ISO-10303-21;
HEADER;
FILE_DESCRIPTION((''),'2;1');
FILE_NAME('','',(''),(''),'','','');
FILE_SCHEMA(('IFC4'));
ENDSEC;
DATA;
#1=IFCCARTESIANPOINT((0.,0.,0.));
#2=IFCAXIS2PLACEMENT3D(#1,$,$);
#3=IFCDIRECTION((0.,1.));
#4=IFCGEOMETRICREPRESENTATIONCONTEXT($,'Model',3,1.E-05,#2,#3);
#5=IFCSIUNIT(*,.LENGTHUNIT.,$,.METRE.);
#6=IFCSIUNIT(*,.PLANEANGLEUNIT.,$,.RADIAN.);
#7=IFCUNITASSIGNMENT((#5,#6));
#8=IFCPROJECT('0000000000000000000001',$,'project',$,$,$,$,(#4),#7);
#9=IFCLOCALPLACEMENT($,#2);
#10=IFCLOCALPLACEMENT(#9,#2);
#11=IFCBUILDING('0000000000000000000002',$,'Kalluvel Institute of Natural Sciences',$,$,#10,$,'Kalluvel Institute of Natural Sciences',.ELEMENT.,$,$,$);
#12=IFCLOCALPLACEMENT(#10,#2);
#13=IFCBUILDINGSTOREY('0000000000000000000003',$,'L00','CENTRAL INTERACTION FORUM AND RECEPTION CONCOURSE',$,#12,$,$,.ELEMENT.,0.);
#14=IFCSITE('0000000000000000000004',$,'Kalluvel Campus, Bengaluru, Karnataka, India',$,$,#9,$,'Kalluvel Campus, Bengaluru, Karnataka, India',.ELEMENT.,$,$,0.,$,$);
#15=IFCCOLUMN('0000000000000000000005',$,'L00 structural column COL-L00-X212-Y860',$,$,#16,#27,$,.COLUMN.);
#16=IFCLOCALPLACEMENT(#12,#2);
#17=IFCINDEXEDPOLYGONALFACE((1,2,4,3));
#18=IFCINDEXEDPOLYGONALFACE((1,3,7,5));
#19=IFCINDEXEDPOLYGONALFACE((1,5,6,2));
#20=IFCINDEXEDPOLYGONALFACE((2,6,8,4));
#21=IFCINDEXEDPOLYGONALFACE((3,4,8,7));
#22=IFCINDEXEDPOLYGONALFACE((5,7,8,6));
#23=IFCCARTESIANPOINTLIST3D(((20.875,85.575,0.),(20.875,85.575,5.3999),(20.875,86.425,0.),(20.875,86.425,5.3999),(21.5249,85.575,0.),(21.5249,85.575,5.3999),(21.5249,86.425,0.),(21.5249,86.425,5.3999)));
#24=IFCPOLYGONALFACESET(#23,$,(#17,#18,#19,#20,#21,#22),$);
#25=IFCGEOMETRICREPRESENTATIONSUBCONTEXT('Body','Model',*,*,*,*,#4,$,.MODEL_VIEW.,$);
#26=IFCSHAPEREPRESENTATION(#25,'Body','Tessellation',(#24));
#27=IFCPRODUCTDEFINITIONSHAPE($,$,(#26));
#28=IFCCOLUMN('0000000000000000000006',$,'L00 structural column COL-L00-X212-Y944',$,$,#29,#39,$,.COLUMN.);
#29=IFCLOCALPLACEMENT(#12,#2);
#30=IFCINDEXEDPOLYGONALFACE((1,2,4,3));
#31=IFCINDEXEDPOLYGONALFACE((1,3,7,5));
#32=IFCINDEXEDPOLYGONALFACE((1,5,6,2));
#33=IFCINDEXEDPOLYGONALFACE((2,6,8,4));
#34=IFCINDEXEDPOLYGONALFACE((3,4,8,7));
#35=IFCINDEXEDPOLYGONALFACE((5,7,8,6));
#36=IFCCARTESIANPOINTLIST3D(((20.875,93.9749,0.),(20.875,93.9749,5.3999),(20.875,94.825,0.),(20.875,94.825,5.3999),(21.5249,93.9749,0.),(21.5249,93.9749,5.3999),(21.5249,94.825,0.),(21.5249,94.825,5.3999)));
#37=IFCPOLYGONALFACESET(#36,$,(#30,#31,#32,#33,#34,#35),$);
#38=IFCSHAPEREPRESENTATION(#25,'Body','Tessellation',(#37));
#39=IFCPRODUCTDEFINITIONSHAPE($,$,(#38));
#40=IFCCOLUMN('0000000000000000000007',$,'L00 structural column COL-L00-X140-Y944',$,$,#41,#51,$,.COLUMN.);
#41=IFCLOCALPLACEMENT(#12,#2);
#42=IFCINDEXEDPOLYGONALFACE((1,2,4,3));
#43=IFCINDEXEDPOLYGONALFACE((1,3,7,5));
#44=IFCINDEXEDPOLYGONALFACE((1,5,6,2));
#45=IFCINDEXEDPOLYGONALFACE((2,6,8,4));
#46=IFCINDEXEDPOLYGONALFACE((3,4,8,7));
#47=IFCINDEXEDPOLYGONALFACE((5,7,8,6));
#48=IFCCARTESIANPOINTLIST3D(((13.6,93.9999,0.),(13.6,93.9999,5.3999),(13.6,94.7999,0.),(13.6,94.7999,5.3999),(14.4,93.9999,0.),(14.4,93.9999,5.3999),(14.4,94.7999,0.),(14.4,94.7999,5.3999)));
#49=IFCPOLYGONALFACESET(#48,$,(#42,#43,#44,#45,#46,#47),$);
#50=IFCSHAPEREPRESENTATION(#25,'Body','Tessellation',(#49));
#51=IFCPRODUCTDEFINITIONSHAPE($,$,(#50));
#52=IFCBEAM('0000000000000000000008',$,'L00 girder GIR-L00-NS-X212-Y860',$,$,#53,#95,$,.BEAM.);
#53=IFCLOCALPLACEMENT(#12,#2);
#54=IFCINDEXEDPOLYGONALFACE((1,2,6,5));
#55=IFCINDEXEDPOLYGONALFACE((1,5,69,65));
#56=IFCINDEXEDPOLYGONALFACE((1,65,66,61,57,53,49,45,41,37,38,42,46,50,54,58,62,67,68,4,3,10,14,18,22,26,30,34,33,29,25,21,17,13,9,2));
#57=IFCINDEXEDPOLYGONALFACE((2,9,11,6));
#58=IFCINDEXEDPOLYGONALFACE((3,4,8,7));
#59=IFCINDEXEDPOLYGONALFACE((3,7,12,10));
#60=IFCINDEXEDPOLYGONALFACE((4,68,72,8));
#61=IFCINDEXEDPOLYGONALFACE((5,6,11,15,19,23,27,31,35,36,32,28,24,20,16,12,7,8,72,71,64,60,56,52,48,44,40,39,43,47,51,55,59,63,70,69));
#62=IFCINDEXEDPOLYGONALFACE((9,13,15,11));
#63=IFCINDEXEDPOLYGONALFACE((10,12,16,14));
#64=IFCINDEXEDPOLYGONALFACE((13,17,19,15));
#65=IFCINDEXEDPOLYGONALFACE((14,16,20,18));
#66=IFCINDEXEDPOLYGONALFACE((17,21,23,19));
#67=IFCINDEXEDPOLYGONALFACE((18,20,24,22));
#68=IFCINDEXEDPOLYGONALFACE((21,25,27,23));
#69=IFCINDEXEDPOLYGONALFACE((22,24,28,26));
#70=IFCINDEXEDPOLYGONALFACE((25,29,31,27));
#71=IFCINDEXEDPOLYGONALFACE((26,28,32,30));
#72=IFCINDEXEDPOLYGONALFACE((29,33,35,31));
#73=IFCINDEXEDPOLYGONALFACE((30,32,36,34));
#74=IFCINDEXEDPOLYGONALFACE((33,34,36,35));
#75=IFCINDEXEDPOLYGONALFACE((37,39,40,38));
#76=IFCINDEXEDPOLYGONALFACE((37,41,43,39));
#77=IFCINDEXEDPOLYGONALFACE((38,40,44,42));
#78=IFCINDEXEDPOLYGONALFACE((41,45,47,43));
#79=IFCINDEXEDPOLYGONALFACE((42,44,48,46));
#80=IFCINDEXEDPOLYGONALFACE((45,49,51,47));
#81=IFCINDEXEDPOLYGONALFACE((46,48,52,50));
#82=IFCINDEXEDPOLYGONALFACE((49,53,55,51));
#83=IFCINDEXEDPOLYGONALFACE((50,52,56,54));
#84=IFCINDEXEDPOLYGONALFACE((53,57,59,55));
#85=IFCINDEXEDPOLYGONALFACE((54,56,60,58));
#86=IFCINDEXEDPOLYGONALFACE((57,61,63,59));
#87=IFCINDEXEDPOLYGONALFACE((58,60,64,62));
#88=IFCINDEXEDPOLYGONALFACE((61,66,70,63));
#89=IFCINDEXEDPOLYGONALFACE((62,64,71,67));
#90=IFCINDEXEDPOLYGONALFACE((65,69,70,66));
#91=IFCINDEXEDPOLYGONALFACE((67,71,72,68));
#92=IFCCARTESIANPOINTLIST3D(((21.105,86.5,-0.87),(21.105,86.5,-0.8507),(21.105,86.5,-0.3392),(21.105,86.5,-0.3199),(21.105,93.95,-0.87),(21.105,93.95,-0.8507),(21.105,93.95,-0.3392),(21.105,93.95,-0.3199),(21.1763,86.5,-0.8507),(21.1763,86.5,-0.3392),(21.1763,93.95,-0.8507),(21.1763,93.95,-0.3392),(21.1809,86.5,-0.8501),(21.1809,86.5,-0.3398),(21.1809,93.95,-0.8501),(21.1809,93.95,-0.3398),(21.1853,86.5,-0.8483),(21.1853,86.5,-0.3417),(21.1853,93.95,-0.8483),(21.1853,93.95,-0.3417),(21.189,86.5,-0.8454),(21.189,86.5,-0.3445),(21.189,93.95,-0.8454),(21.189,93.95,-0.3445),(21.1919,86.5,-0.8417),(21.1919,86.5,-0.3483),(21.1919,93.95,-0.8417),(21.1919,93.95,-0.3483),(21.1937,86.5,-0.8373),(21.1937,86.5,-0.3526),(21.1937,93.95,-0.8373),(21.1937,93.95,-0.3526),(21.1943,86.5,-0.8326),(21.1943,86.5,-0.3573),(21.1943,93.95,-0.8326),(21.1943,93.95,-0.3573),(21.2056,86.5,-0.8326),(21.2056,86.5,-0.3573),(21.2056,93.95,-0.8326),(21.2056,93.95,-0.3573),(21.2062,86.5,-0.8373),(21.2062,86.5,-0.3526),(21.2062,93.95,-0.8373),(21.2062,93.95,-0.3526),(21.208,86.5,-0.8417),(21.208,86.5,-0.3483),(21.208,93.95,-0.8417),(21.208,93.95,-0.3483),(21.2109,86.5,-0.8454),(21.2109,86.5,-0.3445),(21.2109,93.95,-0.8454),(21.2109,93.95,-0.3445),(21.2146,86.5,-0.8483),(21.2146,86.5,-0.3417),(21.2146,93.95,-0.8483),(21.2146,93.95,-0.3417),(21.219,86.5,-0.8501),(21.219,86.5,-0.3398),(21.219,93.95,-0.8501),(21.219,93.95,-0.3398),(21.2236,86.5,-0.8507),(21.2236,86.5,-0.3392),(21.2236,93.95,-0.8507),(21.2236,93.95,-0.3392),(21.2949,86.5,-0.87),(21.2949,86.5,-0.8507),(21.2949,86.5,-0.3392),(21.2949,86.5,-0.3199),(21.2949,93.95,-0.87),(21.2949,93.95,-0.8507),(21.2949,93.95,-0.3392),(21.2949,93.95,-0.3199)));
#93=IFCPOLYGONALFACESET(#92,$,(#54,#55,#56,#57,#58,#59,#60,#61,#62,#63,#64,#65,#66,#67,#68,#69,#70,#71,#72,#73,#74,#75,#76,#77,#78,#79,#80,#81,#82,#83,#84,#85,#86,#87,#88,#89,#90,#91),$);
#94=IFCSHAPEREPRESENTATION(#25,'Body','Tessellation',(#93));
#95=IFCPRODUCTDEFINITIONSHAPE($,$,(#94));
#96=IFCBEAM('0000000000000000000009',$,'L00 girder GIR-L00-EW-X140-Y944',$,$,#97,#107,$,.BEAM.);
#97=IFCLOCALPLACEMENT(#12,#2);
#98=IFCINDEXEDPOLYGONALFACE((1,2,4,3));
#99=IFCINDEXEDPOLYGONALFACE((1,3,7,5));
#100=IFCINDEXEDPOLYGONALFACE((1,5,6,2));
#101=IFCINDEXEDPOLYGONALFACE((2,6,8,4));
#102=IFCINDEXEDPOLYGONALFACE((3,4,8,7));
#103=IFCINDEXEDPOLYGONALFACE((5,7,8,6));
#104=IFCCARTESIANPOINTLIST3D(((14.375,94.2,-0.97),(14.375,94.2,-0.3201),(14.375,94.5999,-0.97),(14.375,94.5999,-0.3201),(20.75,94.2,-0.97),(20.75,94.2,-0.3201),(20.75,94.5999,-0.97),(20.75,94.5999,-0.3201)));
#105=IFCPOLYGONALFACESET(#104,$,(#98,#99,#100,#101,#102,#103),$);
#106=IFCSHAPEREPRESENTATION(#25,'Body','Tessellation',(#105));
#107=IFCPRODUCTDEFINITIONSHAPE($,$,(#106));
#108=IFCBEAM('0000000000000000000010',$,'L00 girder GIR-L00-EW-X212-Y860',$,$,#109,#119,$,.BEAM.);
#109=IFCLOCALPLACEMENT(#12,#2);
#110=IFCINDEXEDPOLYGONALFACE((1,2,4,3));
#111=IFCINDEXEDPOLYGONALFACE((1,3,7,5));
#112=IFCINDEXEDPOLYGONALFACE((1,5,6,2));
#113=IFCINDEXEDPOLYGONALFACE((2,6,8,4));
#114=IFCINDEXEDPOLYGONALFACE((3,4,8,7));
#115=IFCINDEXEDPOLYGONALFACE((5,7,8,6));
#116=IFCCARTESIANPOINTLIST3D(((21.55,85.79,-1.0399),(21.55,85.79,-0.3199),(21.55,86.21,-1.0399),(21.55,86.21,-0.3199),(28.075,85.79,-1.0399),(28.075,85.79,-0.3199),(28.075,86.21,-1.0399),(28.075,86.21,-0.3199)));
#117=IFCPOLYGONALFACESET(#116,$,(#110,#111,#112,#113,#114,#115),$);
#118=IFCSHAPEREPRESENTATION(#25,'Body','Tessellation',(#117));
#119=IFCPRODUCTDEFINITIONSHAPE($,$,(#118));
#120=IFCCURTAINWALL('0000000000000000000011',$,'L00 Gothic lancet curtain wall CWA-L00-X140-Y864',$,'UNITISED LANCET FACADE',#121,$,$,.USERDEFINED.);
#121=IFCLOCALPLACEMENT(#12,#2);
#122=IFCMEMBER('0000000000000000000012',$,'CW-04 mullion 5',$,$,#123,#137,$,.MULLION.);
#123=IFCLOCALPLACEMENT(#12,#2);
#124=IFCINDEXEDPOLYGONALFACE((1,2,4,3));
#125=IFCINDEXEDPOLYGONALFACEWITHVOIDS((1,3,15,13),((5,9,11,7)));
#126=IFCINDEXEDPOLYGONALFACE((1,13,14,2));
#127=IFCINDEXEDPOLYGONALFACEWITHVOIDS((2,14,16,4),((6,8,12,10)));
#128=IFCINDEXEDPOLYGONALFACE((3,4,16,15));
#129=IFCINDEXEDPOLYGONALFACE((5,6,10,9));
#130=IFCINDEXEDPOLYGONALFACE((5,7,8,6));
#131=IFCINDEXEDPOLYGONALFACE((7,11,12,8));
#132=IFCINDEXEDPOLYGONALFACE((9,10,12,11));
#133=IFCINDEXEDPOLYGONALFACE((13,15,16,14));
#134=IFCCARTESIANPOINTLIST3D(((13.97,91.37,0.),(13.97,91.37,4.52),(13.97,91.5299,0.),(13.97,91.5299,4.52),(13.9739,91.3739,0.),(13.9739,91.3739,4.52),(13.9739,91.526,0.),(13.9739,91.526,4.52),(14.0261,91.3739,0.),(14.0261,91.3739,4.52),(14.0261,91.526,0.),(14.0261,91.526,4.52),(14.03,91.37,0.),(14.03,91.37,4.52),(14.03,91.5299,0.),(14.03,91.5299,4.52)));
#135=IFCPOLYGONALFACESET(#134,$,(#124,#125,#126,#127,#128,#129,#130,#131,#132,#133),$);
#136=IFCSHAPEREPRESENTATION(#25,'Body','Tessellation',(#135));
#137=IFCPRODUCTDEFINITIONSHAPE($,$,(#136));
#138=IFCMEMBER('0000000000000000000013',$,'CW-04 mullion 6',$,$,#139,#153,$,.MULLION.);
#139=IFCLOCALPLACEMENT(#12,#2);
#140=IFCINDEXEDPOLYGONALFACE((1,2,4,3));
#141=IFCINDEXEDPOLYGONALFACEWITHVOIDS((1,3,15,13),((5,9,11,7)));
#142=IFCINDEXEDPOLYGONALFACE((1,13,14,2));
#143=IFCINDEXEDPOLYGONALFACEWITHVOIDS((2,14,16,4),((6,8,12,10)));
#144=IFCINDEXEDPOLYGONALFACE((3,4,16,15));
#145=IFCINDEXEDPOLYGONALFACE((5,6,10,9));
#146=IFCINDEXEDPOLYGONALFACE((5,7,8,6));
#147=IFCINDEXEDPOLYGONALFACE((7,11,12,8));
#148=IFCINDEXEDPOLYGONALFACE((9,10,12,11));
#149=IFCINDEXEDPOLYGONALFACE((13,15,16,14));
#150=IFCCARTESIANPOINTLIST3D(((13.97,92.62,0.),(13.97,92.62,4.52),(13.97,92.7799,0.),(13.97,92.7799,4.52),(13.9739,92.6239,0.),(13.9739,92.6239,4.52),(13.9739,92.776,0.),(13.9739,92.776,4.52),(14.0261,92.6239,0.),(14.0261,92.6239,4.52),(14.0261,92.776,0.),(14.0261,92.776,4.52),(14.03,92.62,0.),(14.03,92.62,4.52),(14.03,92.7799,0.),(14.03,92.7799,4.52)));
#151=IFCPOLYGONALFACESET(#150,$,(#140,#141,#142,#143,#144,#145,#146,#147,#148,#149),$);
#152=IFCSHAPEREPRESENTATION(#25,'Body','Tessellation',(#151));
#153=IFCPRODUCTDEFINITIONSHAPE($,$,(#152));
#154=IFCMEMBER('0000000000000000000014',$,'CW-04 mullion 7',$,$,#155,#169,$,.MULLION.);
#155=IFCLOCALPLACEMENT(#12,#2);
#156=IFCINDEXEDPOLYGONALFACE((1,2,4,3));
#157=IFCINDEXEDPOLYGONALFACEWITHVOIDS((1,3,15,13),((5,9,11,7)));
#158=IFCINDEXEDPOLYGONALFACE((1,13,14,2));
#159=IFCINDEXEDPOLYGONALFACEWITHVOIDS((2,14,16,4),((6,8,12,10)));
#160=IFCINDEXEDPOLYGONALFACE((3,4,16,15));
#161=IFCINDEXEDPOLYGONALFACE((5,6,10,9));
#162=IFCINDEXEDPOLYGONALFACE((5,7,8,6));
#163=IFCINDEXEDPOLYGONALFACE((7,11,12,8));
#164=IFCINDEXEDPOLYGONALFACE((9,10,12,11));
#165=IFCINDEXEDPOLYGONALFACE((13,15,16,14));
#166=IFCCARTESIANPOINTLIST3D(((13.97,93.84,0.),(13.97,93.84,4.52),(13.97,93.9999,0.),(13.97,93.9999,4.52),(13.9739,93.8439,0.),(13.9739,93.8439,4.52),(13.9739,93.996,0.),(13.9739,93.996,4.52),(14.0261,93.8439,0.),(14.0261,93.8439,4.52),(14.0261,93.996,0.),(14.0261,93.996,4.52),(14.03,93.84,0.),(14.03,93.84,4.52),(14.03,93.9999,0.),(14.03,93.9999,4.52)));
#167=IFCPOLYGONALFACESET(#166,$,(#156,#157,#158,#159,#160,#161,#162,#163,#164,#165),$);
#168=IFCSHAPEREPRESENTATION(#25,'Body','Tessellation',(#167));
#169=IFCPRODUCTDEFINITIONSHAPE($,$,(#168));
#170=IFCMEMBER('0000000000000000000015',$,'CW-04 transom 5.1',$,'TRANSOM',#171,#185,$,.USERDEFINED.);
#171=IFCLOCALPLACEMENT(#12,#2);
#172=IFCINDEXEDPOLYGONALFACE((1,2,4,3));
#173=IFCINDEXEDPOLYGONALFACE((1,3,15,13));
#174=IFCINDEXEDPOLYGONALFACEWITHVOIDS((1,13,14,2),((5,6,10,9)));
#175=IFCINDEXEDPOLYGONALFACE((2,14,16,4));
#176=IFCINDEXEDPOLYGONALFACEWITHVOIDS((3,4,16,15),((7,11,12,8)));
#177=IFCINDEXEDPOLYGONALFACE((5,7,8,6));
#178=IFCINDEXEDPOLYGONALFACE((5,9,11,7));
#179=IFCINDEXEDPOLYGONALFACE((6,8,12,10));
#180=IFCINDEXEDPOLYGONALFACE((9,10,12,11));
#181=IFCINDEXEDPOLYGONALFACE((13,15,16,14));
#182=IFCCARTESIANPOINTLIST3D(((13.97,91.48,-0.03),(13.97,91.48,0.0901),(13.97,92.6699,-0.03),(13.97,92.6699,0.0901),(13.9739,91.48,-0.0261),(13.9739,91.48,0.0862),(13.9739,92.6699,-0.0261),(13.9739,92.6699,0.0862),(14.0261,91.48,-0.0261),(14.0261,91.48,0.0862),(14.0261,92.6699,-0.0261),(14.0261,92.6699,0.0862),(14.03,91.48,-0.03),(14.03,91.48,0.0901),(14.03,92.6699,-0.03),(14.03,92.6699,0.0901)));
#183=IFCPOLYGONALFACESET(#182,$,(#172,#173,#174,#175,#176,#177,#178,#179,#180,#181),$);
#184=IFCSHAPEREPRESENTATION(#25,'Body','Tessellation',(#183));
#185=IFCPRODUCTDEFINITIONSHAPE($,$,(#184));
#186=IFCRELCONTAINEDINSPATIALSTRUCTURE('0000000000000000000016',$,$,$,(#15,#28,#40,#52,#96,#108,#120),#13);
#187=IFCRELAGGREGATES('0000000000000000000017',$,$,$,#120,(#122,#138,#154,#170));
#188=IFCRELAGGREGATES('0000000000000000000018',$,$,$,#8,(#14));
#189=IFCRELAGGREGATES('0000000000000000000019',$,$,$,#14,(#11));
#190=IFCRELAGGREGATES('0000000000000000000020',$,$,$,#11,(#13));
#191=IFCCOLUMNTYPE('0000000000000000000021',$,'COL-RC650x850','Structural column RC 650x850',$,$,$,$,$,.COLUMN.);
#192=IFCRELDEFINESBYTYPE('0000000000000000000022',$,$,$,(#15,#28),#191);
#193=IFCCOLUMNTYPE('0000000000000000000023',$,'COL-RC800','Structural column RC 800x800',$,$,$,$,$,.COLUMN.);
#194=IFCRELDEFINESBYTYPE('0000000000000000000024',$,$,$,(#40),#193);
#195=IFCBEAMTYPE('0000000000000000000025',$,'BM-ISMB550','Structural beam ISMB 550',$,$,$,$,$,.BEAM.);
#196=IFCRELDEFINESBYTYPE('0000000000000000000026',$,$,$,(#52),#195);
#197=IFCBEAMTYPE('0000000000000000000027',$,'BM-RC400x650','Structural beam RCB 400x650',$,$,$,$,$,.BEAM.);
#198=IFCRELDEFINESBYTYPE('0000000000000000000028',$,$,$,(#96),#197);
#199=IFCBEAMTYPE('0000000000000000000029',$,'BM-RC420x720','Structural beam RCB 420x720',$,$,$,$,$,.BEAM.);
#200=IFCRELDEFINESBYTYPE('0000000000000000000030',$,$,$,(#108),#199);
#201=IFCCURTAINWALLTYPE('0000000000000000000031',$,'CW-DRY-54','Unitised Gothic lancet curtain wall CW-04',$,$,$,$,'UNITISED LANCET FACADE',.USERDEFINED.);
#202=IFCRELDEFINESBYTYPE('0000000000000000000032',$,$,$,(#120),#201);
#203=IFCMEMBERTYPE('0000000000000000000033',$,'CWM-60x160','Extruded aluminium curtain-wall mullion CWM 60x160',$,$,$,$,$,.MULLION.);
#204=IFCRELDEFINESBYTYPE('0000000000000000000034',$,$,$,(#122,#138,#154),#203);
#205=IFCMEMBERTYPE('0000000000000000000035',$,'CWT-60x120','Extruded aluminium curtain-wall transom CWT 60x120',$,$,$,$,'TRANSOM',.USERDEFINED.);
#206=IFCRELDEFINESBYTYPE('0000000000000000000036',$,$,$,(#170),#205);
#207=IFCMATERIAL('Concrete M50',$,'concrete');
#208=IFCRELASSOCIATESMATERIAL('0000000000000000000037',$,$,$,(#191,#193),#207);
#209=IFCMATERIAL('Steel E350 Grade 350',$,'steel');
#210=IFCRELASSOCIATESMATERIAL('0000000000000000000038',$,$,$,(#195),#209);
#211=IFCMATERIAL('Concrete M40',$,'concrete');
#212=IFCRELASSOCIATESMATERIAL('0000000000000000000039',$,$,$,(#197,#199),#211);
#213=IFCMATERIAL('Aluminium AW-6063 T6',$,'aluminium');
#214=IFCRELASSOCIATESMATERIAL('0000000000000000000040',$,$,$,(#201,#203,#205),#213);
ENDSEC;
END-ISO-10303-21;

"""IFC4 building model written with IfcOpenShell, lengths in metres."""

from ifc_helpers import new_model, si_unit, direction, frame, origin, origin_2d, place, context, subcontext, project, spatial, rectangle, hollow_rectangle, i_section, extrude, material, material_profile, profile_set, type_object, element, aggregate, save


model = new_model("IFC4")

# Units and contexts
model_context = context("Model", 3, precision=1e-05, world=origin(), true_north=direction((0.0, 1.0)))
body_context = subcontext(model_context, "Body", "Model", "MODEL_VIEW")
ifc_project = project(units=[si_unit("LENGTHUNIT", "METRE"), si_unit("PLANEANGLEUNIT", "RADIAN")], contexts=[model_context])

# Site, building, storey
site_placement = place(None, origin())
site = spatial("IfcSite", under=ifc_project, at=site_placement, Name="Kalluvel Campus, Bengaluru, Karnataka, India", LongName="Kalluvel Campus, Bengaluru, Karnataka, India", CompositionType="ELEMENT", RefElevation=0.0)
building_placement = place(site_placement, origin())
building = spatial("IfcBuilding", under=site, at=building_placement, Name="Kalluvel Institute of Natural Sciences", LongName="Kalluvel Institute of Natural Sciences", CompositionType="ELEMENT")
storey_placement = place(building_placement, origin())
storey = spatial("IfcBuildingStorey", under=building, at=storey_placement, Name="L00", Description="CENTRAL INTERACTION FORUM AND RECEPTION CONCOURSE", CompositionType="ELEMENT", Elevation=0.0)

# Columns
ifc_material_1 = material(Name="Concrete M50", Category="concrete")
ifc_material_profile_1 = material_profile(ifc_material_1, rectangle(XDim=0.6499, YDim=0.8501, at=origin_2d()), Name="RC 650x850")
ifc_profile_set_1 = profile_set([ifc_material_profile_1], Name="Concrete M50")
column_type_1 = type_object("IfcColumnType", Name="COL-RC650x850", Description="Structural column RC 650x850", PredefinedType="COLUMN", material=ifc_profile_set_1)
for number, where, z_axis, x_axis, name in (
    (1, (21.2, 86.0, 0.0), (0.0, 0.0, 1.0), (1.0, 0.0, 0.0), "L00 structural column COL-L00-X212-Y860"),
    (2, (21.2, 94.3999, 0.0), (0.0, 0.0, 1.0), (1.0, 0.0, 0.0), "L00 structural column COL-L00-X212-Y944"),
):
    element("IfcColumn", number, at=place(storey_placement, frame(where, z_axis=z_axis, x_axis=x_axis)), inside=storey, type_object=column_type_1, Name=name, PredefinedType="COLUMN", context=body_context, shape_type="SweptSolid", body=[
        extrude(rectangle(XDim=0.6499, YDim=0.8501, at=origin_2d()), origin(), (0.0, 0.0, 1.0), 5.3999),
    ])
ifc_material_profile_2 = material_profile(ifc_material_1, rectangle(XDim=0.8, YDim=0.8, at=origin_2d()), Name="RC 800x800")
ifc_profile_set_2 = profile_set([ifc_material_profile_2], Name="Concrete M50")
column_type_2 = type_object("IfcColumnType", Name="COL-RC800", Description="Structural column RC 800x800", PredefinedType="COLUMN", material=ifc_profile_set_2)
column_placement = place(storey_placement, frame((14.0, 94.3999, 0.0), z_axis=(0.0, 0.0, 1.0), x_axis=(1.0, 0.0, 0.0)))
element("IfcColumn", 3, at=column_placement, inside=storey, type_object=column_type_2, Name="L00 structural column COL-L00-X140-Y944", PredefinedType="COLUMN", context=body_context, shape_type="SweptSolid", body=[
    extrude(rectangle(XDim=0.8, YDim=0.8, at=origin_2d()), origin(), (0.0, 0.0, 1.0), 5.3999),
])

# Beams
ifc_material_2 = material(Name="Steel E350 Grade 350", Category="steel")
ifc_material_profile_3 = material_profile(ifc_material_2, i_section(OverallWidth=0.1899, OverallDepth=0.55, WebThickness=0.0112, FlangeThickness=0.0193, FilletRadius=0.0181, at=origin_2d()), Name="ISMB 550")
ifc_profile_set_3 = profile_set([ifc_material_profile_3], Name="Steel E350 Grade 350")
beam_type_1 = type_object("IfcBeamType", Name="BM-ISMB550", Description="Structural beam ISMB 550", PredefinedType="BEAM", material=ifc_profile_set_3)
beam_1_placement = place(storey_placement, frame((21.2, 86.5, -0.595), z_axis=(0.0, 1.0, 0.0), x_axis=(-1.0, 0.0, 0.0)))
element("IfcBeam", 4, at=beam_1_placement, inside=storey, type_object=beam_type_1, Name="L00 girder GIR-L00-NS-X212-Y860", PredefinedType="BEAM", context=body_context, shape_type="SweptSolid", body=[
    extrude(i_section(OverallWidth=0.1899, OverallDepth=0.55, WebThickness=0.0112, FlangeThickness=0.0193, FilletRadius=0.0181, at=origin_2d()), origin(), (0.0, 0.0, 1.0), 7.45),
])
ifc_material_3 = material(Name="Concrete M40", Category="concrete")
ifc_material_profile_4 = material_profile(ifc_material_3, rectangle(XDim=0.3999, YDim=0.6499, at=origin_2d()), Name="RCB 400x650")
ifc_profile_set_4 = profile_set([ifc_material_profile_4], Name="Concrete M40")
beam_type_2 = type_object("IfcBeamType", Name="BM-RC400x650", Description="Structural beam RCB 400x650", PredefinedType="BEAM", material=ifc_profile_set_4)
beam_2_placement = place(storey_placement, frame((14.375, 94.3999, -0.645), z_axis=(1.0, 0.0, 0.0), x_axis=(0.0, 1.0, 0.0)))
element("IfcBeam", 5, at=beam_2_placement, inside=storey, type_object=beam_type_2, Name="L00 girder GIR-L00-EW-X140-Y944", PredefinedType="BEAM", context=body_context, shape_type="SweptSolid", body=[
    extrude(rectangle(XDim=0.3999, YDim=0.6499, at=origin_2d()), origin(), (0.0, 0.0, 1.0), 6.375),
])
ifc_material_profile_5 = material_profile(ifc_material_3, rectangle(XDim=0.4199, YDim=0.72, at=origin_2d()), Name="RCB 420x720")
ifc_profile_set_5 = profile_set([ifc_material_profile_5], Name="Concrete M40")
beam_type_3 = type_object("IfcBeamType", Name="BM-RC420x720", Description="Structural beam RCB 420x720", PredefinedType="BEAM", material=ifc_profile_set_5)
beam_3_placement = place(storey_placement, frame((21.55, 86.0, -0.6799), z_axis=(1.0, 0.0, 0.0), x_axis=(0.0, 1.0, 0.0)))
element("IfcBeam", 6, at=beam_3_placement, inside=storey, type_object=beam_type_3, Name="L00 girder GIR-L00-EW-X212-Y860", PredefinedType="BEAM", context=body_context, shape_type="SweptSolid", body=[
    extrude(rectangle(XDim=0.4199, YDim=0.72, at=origin_2d()), origin(), (0.0, 0.0, 1.0), 6.5249),
])

# Curtain wall, members
ifc_material_4 = material(Name="Aluminium AW-6063 T6", Category="aluminium")
curtain_wall_type = type_object("IfcCurtainWallType", Name="CW-DRY-54", Description="Unitised Gothic lancet curtain wall CW-04", ElementType="UNITISED LANCET FACADE", PredefinedType="USERDEFINED", material=ifc_material_4)
curtain_wall_placement = place(storey_placement, origin())
curtain_wall = element("IfcCurtainWall", 7, at=curtain_wall_placement, inside=storey, type_object=curtain_wall_type, Name="L00 Gothic lancet curtain wall CWA-L00-X140-Y864", ObjectType="UNITISED LANCET FACADE", PredefinedType="USERDEFINED")
ifc_material_profile_6 = material_profile(ifc_material_4, hollow_rectangle(XDim=0.0601, YDim=0.1599, WallThickness=0.0039, at=origin_2d()), Name="CWM 60x160")
ifc_profile_set_6 = profile_set([ifc_material_profile_6], Name="Aluminium AW-6063 T6")
member_type_1 = type_object("IfcMemberType", Name="CWM-60x160", Description="Extruded aluminium curtain-wall mullion CWM 60x160", PredefinedType="MULLION", material=ifc_profile_set_6)
member_1_placement = place(storey_placement, frame((14.0, 91.45, 0.0), z_axis=(0.0, 0.0, 1.0), x_axis=(-1.0, 0.0, 0.0)))
member_1 = element("IfcMember", 8, at=member_1_placement, type_object=member_type_1, Name="CW-04 mullion 5", PredefinedType="MULLION", context=body_context, shape_type="SweptSolid", body=[
    extrude(hollow_rectangle(XDim=0.0601, YDim=0.1599, WallThickness=0.0039, at=origin_2d()), origin(), (0.0, 0.0, 1.0), 4.52),
])
member_2_placement = place(storey_placement, frame((14.0, 92.7, 0.0), z_axis=(0.0, 0.0, 1.0), x_axis=(-1.0, 0.0, 0.0)))
member_2 = element("IfcMember", 9, at=member_2_placement, type_object=member_type_1, Name="CW-04 mullion 6", PredefinedType="MULLION", context=body_context, shape_type="SweptSolid", body=[
    extrude(hollow_rectangle(XDim=0.0601, YDim=0.1599, WallThickness=0.0039, at=origin_2d()), origin(), (0.0, 0.0, 1.0), 4.52),
])
member_3_placement = place(storey_placement, frame((14.0, 93.9199, 0.0), z_axis=(0.0, 0.0, 1.0), x_axis=(-1.0, 0.0, 0.0)))
member_3 = element("IfcMember", 10, at=member_3_placement, type_object=member_type_1, Name="CW-04 mullion 7", PredefinedType="MULLION", context=body_context, shape_type="SweptSolid", body=[
    extrude(hollow_rectangle(XDim=0.0601, YDim=0.1599, WallThickness=0.0039, at=origin_2d()), origin(), (0.0, 0.0, 1.0), 4.52),
])
ifc_material_profile_7 = material_profile(ifc_material_4, hollow_rectangle(XDim=0.0601, YDim=0.1201, WallThickness=0.0039, at=origin_2d()), Name="CWT 60x120")
ifc_profile_set_7 = profile_set([ifc_material_profile_7], Name="Aluminium AW-6063 T6")
member_type_2 = type_object("IfcMemberType", Name="CWT-60x120", Description="Extruded aluminium curtain-wall transom CWT 60x120", ElementType="TRANSOM", PredefinedType="USERDEFINED", material=ifc_profile_set_7)
member_4_placement = place(storey_placement, frame((14.0, 91.48, 0.03), z_axis=(0.0, 1.0, 0.0), x_axis=(-1.0, 0.0, 0.0)))
member_4 = element("IfcMember", 11, at=member_4_placement, type_object=member_type_2, Name="CW-04 transom 5.1", ObjectType="TRANSOM", PredefinedType="USERDEFINED", context=body_context, shape_type="SweptSolid", body=[
    extrude(hollow_rectangle(XDim=0.0601, YDim=0.1201, WallThickness=0.0039, at=origin_2d()), origin(), (0.0, 0.0, 1.0), 1.1899),
])
aggregate(curtain_wall, [member_1, member_2, member_3, member_4])

save(model, "model.ifc")
